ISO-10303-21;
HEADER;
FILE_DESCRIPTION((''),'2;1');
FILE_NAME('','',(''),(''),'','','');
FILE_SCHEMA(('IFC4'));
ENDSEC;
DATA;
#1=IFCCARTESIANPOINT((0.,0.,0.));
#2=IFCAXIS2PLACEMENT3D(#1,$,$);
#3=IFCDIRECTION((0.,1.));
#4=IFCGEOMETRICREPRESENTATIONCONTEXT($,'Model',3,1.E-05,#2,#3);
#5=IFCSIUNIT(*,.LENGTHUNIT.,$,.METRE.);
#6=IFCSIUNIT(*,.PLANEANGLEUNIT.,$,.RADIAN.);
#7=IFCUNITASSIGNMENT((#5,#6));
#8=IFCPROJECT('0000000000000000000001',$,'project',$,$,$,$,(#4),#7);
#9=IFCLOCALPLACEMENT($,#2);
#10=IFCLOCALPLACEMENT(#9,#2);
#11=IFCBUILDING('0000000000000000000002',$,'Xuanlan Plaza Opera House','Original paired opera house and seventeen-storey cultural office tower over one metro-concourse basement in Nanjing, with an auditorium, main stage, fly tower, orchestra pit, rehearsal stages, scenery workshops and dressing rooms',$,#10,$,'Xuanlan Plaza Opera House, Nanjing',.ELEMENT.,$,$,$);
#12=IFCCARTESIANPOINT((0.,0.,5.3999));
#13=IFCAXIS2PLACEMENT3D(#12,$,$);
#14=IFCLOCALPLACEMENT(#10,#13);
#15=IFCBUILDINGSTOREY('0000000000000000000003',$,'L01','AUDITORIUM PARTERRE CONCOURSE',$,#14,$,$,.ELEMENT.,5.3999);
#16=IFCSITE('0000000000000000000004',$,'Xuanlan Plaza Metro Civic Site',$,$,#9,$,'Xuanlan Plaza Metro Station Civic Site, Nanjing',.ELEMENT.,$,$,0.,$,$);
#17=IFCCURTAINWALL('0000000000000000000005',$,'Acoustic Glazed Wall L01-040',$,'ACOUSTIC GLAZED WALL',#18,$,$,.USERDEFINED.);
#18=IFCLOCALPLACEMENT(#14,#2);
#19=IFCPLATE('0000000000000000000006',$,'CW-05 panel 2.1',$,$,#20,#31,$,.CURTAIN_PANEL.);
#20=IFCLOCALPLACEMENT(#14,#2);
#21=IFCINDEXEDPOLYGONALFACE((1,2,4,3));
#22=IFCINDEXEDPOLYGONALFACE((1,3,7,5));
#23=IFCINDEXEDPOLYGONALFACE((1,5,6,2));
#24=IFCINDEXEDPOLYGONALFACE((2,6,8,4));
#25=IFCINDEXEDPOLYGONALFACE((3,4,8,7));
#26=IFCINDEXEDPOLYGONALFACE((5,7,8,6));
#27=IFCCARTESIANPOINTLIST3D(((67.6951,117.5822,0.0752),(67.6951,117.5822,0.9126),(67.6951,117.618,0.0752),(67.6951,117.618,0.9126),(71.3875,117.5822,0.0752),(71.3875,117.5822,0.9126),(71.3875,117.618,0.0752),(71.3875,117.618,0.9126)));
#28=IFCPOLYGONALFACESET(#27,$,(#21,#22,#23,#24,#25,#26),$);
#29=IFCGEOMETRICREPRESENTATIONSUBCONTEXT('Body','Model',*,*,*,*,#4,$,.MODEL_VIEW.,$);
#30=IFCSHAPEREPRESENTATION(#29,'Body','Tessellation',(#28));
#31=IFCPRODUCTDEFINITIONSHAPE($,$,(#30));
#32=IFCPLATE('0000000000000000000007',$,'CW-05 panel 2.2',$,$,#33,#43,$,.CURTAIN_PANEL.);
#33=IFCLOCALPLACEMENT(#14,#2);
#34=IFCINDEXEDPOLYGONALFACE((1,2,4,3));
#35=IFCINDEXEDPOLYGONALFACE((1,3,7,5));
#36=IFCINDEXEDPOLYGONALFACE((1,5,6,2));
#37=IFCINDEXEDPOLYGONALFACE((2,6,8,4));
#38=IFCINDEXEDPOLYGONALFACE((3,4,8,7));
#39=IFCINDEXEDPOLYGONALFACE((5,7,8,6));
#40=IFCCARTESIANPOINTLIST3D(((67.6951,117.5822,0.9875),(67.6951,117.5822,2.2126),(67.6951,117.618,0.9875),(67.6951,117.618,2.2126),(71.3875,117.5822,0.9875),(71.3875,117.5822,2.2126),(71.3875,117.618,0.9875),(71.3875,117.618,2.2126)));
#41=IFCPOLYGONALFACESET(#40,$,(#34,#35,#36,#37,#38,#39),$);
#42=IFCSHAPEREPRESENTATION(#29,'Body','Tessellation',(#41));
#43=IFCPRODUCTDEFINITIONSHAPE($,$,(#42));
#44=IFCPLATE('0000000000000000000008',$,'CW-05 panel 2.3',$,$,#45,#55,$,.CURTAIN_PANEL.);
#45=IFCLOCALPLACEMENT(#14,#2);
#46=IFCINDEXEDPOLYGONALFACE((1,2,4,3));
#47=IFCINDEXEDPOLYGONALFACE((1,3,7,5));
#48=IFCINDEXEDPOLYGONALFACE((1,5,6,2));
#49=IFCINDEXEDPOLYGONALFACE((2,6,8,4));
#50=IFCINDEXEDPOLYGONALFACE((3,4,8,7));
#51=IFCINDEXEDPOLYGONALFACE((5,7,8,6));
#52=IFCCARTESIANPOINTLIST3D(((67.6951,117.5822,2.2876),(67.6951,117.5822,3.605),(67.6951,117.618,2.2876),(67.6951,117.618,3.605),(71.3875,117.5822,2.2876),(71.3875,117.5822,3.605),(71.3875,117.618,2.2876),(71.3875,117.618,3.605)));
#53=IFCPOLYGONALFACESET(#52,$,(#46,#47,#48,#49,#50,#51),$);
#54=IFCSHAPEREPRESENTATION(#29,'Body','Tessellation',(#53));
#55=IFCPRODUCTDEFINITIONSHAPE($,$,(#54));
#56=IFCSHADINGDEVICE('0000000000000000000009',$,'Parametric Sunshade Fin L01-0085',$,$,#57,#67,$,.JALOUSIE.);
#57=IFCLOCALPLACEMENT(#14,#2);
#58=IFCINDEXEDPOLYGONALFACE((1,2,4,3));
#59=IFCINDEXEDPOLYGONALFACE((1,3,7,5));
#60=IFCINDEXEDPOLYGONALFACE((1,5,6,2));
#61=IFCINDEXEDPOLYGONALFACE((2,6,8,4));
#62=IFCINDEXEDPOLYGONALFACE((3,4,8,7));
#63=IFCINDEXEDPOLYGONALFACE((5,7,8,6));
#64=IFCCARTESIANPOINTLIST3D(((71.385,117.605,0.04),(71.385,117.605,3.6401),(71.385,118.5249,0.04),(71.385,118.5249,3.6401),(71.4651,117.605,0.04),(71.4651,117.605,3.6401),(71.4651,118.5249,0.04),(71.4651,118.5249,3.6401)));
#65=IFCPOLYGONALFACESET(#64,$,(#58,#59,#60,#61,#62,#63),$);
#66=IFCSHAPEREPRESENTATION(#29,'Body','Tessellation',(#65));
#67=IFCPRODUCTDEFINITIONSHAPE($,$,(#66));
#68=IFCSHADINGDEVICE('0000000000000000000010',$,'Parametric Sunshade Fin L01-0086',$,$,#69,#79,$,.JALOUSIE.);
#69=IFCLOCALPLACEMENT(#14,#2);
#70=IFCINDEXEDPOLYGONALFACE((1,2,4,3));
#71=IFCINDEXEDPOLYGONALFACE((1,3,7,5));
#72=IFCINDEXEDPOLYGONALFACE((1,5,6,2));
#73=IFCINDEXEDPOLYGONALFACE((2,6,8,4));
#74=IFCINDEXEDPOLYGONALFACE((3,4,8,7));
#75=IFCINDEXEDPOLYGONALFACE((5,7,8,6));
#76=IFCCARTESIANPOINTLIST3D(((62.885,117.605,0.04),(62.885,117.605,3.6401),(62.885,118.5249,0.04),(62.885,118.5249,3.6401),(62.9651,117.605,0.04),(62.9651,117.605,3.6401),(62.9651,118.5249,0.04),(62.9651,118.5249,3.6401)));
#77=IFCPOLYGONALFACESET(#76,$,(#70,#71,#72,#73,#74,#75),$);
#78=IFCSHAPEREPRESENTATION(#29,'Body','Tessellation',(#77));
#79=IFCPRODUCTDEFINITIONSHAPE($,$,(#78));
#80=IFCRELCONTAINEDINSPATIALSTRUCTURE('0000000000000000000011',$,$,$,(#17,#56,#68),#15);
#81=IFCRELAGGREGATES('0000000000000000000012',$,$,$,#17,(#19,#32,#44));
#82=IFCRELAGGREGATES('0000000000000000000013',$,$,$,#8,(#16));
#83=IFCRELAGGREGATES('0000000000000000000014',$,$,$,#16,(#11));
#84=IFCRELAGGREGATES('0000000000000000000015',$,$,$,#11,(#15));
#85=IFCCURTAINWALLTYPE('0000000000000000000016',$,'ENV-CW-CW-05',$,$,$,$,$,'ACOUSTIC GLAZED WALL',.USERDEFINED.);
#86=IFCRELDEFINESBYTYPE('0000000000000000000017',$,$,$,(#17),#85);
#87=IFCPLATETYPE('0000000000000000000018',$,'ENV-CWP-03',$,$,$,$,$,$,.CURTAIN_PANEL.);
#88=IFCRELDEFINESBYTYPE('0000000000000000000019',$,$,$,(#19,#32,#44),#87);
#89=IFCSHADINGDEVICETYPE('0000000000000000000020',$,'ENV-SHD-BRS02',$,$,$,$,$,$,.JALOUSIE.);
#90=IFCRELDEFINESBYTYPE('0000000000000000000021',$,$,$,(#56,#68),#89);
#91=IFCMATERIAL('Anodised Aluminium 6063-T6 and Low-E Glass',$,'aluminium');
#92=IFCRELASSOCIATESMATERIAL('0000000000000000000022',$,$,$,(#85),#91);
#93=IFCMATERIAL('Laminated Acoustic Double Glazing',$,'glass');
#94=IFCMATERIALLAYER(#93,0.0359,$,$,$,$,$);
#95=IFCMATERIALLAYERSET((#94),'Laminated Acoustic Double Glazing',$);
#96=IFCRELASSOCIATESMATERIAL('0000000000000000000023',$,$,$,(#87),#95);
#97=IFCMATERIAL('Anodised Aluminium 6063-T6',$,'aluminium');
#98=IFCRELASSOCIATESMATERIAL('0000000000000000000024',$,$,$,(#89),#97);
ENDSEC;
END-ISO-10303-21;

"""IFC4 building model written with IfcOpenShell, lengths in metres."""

from ifc_helpers import new_model, si_unit, direction, frame, origin, origin_2d, place, context, subcontext, project, spatial, rectangle, extrude, material, layer, layer_set, type_object, element, aggregate, save


model = new_model("IFC4")

# Units and contexts
model_context = context("Model", 3, precision=1e-05, world=origin(), true_north=direction((0.0, 1.0)))
body_context = subcontext(model_context, "Body", "Model", "MODEL_VIEW")
ifc_project = project(units=[si_unit("LENGTHUNIT", "METRE"), si_unit("PLANEANGLEUNIT", "RADIAN")], contexts=[model_context])

# Site, building, storey
site_placement = place(None, origin())
site = spatial("IfcSite", under=ifc_project, at=site_placement, Name="Xuanlan Plaza Metro Civic Site", LongName="Xuanlan Plaza Metro Station Civic Site, Nanjing", CompositionType="ELEMENT", RefElevation=0.0)
building_placement = place(site_placement, origin())
building = spatial("IfcBuilding", under=site, at=building_placement, Name="Xuanlan Plaza Opera House", Description="Original paired opera house and seventeen-storey cultural office tower over one metro-concourse basement in Nanjing, with an auditorium, main stage, fly tower, orchestra pit, rehearsal stages, scenery workshops and dressing rooms", LongName="Xuanlan Plaza Opera House, Nanjing", CompositionType="ELEMENT")
storey_placement = place(building_placement, frame((0.0, 0.0, 5.3999)))
storey = spatial("IfcBuildingStorey", under=building, at=storey_placement, Name="L01", Description="AUDITORIUM PARTERRE CONCOURSE", CompositionType="ELEMENT", Elevation=5.3999)

# Curtain wall
ifc_material_1 = material(Name="Anodised Aluminium 6063-T6 and Low-E Glass", Category="aluminium")
curtain_wall_type_1 = type_object("IfcCurtainWallType", Name="ENV-CW-CW-05", ElementType="ACOUSTIC GLAZED WALL", PredefinedType="USERDEFINED", material=ifc_material_1)
curtain_wall_1_placement = place(storey_placement, origin())
curtain_wall_1 = element("IfcCurtainWall", 1, at=curtain_wall_1_placement, inside=storey, type_object=curtain_wall_type_1, Name="Acoustic Glazed Wall L01-040", ObjectType="ACOUSTIC GLAZED WALL", PredefinedType="USERDEFINED")
ifc_material_2 = material(Name="Anodised Aluminium 6063-T6", Category="aluminium")

# Plates
ifc_material_3 = material(Name="Laminated Acoustic Double Glazing", Category="glass")
ifc_layer_1 = layer(ifc_material_3, 0.0359)
ifc_layer_set_1 = layer_set([ifc_layer_1], Name="Laminated Acoustic Double Glazing")
plate_type_1 = type_object("IfcPlateType", Name="ENV-CWP-03", PredefinedType="CURTAIN_PANEL", material=ifc_layer_set_1)
plate_1_placement = place(storey_placement, frame((69.5413, 117.6001, 0.0752), z_axis=(0.0, 0.0, 1.0), x_axis=(-1.0, 0.0, 0.0)))
plate_1 = element("IfcPlate", 2, at=plate_1_placement, type_object=plate_type_1, Name="CW-05 panel 2.1", PredefinedType="CURTAIN_PANEL", context=body_context, shape_type="SweptSolid", body=[
    extrude(rectangle(XDim=3.6924, YDim=0.0359, at=origin_2d()), origin(), (0.0, 0.0, 1.0), 0.8374),
])
plate_2_placement = place(storey_placement, frame((69.5413, 117.6001, 0.9875), z_axis=(0.0, 0.0, 1.0), x_axis=(-1.0, 0.0, 0.0)))
plate_2 = element("IfcPlate", 3, at=plate_2_placement, type_object=plate_type_1, Name="CW-05 panel 2.2", PredefinedType="CURTAIN_PANEL", context=body_context, shape_type="SweptSolid", body=[
    extrude(rectangle(XDim=3.6924, YDim=0.0359, at=origin_2d()), origin(), (0.0, 0.0, 1.0), 1.2251),
])
plate_3_placement = place(storey_placement, frame((69.5413, 117.6001, 2.2876), z_axis=(0.0, 0.0, 1.0), x_axis=(-1.0, 0.0, 0.0)))
plate_3 = element("IfcPlate", 4, at=plate_3_placement, type_object=plate_type_1, Name="CW-05 panel 2.3", PredefinedType="CURTAIN_PANEL", context=body_context, shape_type="SweptSolid", body=[
    extrude(rectangle(XDim=3.6924, YDim=0.0359, at=origin_2d()), origin(), (0.0, 0.0, 1.0), 1.3174),
])
aggregate(curtain_wall_1, [plate_1, plate_2, plate_3])

# Shading devices
shading_device_type = type_object("IfcShadingDeviceType", Name="ENV-SHD-BRS02", PredefinedType="JALOUSIE", material=ifc_material_2)
for number, where, z_axis, x_axis, name in (
    (5, (71.425, 118.0649, 0.04), (0.0, 0.0, 1.0), (0.0, 1.0, 0.0), "Parametric Sunshade Fin L01-0085"),
    (6, (62.925, 118.0649, 0.04), (0.0, 0.0, 1.0), (0.0, 1.0, 0.0), "Parametric Sunshade Fin L01-0086"),
):
    element("IfcShadingDevice", number, at=place(storey_placement, frame(where, z_axis=z_axis, x_axis=x_axis)), inside=storey, type_object=shading_device_type, Name=name, PredefinedType="JALOUSIE", context=body_context, shape_type="SweptSolid", body=[
        extrude(rectangle(XDim=0.9199, YDim=0.0801, at=origin_2d()), origin(), (0.0, 0.0, 1.0), 3.6001),
    ])

save(model, "model.ifc")
